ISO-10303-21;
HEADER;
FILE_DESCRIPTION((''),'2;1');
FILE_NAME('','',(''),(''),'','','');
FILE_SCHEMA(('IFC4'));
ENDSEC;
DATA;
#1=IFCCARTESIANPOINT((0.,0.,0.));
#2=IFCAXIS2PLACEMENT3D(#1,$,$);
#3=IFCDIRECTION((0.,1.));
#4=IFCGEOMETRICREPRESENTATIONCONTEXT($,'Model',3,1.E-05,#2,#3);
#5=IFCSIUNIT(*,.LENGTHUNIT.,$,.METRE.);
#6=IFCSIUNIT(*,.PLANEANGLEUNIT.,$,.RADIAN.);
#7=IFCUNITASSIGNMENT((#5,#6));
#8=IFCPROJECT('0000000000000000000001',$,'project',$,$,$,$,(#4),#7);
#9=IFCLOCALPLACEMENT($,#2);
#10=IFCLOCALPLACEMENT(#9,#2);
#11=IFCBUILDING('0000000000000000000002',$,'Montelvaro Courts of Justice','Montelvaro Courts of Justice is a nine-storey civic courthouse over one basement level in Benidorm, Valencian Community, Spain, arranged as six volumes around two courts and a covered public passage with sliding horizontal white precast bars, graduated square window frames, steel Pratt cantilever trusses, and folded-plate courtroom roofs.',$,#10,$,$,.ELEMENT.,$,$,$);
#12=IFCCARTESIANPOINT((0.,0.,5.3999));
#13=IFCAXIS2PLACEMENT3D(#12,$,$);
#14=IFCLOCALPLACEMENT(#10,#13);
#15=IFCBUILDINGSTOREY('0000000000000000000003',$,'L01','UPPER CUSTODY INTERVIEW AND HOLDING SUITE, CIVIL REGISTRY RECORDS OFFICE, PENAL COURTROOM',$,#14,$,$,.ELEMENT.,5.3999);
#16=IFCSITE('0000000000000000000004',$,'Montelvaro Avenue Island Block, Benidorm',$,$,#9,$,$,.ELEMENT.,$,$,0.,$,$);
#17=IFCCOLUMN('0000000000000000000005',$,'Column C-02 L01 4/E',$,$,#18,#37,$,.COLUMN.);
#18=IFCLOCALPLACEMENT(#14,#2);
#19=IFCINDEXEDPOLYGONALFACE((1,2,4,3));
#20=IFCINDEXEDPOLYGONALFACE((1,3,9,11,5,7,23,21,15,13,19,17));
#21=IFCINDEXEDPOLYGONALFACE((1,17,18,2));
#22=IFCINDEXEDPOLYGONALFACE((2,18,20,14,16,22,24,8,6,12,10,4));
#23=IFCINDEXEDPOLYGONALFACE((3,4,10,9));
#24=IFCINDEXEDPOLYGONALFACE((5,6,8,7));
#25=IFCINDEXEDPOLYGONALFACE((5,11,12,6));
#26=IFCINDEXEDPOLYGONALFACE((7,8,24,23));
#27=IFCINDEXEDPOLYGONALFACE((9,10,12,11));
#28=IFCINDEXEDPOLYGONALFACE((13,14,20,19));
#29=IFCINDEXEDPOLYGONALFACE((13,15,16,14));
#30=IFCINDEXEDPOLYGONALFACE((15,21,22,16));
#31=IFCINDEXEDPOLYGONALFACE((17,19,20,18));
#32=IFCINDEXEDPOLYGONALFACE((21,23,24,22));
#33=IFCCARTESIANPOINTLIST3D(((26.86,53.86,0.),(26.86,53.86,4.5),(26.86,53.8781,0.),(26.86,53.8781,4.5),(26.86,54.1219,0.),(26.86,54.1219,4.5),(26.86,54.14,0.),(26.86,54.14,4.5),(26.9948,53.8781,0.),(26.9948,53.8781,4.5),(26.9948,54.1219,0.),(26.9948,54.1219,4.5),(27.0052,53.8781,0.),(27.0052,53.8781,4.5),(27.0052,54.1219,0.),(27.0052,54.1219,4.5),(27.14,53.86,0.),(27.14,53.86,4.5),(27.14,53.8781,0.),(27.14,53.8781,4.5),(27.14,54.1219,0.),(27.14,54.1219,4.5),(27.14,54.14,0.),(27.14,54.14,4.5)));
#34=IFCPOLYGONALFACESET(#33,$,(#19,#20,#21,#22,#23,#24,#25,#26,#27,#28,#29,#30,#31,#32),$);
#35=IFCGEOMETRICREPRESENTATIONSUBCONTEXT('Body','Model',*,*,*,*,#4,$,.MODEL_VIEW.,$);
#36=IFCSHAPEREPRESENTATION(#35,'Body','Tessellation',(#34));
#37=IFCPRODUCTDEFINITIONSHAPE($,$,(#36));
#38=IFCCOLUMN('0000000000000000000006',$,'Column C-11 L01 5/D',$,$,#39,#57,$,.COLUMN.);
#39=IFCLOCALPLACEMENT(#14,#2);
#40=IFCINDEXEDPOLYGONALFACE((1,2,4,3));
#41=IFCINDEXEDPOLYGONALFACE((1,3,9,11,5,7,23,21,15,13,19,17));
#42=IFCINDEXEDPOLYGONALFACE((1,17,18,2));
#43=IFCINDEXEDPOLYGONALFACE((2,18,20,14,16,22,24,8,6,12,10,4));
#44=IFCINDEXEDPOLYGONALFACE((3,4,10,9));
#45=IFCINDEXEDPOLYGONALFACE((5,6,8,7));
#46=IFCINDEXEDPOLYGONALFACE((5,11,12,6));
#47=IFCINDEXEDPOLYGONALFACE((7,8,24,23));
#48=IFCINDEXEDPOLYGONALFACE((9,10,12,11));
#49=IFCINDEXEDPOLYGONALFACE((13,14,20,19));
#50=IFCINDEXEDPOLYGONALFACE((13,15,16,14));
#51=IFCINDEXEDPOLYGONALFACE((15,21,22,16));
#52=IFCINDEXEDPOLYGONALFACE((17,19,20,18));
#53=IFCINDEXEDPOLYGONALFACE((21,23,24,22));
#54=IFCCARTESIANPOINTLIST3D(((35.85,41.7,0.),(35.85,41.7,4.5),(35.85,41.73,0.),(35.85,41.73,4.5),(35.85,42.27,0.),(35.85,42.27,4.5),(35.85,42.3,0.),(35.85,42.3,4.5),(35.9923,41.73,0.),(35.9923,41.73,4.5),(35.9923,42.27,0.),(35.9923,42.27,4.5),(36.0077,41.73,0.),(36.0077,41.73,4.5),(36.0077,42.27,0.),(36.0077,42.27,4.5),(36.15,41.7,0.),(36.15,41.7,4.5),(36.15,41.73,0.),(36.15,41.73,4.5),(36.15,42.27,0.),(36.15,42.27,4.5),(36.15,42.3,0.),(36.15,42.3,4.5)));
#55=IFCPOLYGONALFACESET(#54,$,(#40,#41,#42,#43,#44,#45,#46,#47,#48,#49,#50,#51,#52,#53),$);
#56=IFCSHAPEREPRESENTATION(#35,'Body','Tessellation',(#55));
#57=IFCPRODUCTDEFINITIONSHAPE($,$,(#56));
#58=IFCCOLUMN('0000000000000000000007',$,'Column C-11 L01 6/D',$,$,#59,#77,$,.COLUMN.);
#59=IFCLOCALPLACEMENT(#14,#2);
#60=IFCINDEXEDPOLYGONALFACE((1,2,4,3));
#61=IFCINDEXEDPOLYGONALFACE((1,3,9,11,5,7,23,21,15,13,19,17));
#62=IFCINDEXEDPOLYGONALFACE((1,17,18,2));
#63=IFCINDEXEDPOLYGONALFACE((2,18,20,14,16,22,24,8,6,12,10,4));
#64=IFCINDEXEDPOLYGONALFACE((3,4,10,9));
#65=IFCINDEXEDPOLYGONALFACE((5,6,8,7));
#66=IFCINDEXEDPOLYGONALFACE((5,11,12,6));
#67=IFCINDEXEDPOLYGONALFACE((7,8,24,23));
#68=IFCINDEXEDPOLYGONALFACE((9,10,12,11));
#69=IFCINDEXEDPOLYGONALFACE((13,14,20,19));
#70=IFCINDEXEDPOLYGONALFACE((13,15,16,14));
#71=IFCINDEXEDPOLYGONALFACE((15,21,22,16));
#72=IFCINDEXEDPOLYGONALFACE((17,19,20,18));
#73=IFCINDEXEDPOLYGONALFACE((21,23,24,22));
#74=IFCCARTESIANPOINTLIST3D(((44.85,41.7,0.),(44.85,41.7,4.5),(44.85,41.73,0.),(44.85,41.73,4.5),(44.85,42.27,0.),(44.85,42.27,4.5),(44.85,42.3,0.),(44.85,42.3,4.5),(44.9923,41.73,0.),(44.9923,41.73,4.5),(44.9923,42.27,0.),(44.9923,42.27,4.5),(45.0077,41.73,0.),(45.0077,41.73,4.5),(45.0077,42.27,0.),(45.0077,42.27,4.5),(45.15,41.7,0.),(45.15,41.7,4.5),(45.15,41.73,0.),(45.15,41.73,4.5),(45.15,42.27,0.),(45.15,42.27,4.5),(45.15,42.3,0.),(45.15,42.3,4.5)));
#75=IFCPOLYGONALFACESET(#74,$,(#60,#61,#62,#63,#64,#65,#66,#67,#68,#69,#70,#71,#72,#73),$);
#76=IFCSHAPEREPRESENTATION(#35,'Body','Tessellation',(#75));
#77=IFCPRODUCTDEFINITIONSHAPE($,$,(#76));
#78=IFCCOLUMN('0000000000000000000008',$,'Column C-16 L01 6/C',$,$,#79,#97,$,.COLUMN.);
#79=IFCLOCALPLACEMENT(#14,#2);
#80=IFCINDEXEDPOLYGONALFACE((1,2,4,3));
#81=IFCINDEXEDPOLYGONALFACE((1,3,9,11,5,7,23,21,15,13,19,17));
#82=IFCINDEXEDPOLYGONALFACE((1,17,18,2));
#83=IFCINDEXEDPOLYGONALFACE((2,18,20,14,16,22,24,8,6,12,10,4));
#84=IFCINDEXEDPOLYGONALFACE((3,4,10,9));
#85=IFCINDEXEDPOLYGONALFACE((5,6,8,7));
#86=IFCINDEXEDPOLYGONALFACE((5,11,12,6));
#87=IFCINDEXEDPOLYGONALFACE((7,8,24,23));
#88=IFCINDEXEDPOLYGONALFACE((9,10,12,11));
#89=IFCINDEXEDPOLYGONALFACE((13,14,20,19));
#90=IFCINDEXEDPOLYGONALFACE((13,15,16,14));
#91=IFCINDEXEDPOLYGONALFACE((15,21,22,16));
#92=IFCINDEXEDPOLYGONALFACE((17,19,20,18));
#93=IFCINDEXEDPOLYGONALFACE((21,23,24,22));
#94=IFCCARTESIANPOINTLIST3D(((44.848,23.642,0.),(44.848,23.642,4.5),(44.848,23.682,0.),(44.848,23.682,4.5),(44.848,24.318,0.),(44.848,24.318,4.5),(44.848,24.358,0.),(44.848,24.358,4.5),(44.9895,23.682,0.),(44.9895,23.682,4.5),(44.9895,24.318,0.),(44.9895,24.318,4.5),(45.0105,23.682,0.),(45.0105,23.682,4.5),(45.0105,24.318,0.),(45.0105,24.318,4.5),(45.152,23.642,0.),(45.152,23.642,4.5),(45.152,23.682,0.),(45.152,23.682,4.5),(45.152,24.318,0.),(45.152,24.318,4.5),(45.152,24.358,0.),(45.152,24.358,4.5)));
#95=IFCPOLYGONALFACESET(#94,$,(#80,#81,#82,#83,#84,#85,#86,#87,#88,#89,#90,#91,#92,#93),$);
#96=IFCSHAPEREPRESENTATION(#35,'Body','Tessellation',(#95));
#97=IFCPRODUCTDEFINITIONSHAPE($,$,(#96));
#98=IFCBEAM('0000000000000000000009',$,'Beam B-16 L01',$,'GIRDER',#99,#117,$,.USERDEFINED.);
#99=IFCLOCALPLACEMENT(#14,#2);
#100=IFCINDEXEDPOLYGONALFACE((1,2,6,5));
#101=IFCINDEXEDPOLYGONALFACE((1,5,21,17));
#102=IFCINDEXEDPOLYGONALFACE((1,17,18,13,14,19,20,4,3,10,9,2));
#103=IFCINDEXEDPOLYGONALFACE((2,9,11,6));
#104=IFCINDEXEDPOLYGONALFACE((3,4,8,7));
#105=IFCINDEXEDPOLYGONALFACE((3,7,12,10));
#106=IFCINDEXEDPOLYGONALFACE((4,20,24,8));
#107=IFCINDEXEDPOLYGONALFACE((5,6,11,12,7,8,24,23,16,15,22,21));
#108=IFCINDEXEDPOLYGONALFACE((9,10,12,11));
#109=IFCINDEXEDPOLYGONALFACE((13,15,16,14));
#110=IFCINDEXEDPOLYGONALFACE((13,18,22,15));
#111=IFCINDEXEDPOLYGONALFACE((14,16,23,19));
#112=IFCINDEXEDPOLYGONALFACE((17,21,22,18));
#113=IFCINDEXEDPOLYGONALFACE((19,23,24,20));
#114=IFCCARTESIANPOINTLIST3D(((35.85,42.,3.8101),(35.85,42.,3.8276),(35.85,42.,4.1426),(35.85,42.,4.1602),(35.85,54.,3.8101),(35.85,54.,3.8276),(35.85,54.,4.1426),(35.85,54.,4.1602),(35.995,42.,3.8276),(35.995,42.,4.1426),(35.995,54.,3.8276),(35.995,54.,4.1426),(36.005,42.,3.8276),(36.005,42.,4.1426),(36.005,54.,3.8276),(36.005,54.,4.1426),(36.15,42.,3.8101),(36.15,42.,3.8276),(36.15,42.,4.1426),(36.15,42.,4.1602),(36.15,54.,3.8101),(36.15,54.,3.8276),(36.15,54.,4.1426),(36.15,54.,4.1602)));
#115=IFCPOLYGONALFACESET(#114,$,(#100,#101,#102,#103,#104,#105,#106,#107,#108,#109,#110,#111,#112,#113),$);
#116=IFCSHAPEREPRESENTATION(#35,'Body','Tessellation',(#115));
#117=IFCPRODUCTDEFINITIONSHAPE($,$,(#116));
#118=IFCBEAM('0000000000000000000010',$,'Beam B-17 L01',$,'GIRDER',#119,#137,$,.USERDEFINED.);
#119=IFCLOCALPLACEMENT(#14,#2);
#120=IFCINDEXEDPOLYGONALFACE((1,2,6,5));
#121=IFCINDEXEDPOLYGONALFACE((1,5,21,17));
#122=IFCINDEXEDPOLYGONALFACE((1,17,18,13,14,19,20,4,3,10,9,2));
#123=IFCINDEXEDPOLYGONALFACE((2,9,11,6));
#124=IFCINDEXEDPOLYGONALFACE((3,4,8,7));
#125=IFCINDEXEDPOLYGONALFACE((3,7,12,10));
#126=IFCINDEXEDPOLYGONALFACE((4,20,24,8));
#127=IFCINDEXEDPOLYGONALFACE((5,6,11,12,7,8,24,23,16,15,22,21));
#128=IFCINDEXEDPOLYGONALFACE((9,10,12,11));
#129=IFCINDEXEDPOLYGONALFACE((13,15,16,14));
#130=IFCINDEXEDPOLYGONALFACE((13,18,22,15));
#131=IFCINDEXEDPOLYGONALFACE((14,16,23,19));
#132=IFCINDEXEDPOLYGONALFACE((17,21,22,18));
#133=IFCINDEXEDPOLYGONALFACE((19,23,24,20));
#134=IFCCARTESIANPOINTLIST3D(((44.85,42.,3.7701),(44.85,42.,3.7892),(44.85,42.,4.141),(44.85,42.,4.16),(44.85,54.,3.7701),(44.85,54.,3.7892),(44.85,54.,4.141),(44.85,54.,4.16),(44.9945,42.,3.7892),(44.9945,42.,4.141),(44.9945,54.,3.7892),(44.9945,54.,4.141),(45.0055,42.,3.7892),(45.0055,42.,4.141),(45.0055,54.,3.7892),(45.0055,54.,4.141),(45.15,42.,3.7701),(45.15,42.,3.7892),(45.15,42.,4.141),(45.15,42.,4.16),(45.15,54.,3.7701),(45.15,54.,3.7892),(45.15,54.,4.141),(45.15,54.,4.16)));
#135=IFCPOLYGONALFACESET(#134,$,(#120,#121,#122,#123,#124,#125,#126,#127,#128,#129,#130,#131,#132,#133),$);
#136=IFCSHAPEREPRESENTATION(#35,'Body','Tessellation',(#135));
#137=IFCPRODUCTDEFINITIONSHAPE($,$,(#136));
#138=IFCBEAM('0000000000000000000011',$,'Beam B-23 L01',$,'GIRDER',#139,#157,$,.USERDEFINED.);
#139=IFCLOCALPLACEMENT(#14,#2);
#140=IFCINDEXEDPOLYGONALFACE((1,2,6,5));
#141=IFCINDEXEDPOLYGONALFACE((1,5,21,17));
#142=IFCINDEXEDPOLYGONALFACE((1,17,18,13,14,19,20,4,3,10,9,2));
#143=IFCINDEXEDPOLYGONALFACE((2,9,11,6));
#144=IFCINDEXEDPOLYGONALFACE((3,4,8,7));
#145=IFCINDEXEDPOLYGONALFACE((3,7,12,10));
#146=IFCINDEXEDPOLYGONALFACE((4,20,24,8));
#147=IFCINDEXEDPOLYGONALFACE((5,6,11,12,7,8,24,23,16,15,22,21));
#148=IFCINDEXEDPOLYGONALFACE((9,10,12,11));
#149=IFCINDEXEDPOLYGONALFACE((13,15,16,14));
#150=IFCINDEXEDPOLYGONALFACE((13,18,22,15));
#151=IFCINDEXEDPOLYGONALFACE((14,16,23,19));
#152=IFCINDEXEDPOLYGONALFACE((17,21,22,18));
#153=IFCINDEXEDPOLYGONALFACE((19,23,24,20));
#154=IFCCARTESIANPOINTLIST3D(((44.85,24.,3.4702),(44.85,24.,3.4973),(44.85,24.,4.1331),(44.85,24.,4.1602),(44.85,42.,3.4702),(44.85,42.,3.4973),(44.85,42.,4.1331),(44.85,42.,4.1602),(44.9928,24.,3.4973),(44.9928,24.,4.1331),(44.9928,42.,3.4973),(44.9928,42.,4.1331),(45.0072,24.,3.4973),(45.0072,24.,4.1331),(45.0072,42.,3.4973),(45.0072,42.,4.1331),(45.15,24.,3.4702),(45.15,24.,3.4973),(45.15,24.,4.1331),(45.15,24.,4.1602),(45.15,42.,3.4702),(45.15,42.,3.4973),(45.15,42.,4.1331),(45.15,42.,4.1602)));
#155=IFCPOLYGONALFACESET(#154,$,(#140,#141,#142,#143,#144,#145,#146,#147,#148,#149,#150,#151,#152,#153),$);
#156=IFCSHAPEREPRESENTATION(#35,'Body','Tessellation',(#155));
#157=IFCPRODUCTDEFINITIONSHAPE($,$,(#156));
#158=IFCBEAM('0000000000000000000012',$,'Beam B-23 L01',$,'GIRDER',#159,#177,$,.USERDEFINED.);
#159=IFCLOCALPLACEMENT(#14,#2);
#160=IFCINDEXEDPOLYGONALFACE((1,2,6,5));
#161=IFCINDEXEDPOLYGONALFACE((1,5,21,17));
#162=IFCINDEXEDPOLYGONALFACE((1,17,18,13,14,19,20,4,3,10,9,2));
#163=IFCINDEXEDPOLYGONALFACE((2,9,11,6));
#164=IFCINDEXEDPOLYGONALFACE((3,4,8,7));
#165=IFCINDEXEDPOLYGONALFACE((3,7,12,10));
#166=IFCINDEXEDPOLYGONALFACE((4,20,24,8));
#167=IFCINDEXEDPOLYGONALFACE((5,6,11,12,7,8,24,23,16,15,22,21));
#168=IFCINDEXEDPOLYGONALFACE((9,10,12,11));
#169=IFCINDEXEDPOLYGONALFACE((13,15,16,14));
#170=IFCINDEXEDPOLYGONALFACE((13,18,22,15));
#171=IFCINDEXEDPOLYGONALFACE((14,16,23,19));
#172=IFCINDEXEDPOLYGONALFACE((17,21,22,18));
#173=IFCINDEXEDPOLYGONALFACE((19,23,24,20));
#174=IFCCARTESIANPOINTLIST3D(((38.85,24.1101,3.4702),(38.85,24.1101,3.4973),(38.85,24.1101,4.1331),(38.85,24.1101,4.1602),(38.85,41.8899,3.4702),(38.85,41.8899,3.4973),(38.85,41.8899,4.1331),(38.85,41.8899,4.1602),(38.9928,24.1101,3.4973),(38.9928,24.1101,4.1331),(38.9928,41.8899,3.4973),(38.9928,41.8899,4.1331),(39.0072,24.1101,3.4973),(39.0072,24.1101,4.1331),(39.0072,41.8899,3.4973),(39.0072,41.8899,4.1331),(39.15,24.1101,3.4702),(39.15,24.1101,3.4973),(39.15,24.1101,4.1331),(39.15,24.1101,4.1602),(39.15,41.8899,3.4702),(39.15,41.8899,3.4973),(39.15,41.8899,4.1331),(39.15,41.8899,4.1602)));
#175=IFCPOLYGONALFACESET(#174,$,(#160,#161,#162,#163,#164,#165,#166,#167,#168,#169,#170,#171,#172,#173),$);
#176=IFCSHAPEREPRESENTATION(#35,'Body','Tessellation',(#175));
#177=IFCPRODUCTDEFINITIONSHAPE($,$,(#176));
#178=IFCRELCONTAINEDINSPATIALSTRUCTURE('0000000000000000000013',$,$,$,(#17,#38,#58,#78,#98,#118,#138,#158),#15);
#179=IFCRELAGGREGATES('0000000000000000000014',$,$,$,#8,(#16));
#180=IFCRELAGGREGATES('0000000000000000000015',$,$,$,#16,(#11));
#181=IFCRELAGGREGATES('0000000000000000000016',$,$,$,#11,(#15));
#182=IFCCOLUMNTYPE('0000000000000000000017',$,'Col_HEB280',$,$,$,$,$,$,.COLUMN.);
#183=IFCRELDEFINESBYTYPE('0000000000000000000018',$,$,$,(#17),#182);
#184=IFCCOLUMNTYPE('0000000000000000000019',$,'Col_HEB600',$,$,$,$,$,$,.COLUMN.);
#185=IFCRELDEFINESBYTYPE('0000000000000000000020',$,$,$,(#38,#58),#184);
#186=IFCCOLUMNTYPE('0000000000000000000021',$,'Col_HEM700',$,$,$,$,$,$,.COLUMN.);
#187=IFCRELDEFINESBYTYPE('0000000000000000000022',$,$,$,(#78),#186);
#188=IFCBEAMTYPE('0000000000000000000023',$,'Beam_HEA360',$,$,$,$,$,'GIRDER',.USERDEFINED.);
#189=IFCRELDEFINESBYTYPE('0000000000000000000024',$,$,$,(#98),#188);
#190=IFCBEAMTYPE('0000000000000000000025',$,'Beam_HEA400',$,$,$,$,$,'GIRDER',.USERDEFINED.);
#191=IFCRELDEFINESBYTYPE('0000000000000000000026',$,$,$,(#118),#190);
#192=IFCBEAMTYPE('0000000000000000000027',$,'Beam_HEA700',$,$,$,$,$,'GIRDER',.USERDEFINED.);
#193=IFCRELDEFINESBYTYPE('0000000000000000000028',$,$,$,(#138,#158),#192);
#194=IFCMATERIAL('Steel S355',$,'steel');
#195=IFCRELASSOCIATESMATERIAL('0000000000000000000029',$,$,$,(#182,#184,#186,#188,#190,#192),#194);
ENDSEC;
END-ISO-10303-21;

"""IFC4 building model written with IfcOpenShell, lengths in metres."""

from ifc_helpers import new_model, si_unit, direction, frame, origin, origin_2d, place, context, subcontext, project, spatial, i_section, extrude, material, material_profile, profile_set, type_object, element, save


model = new_model("IFC4")

# Units and contexts
model_context = context("Model", 3, precision=1e-05, world=origin(), true_north=direction((0.0, 1.0)))
body_context = subcontext(model_context, "Body", "Model", "MODEL_VIEW")
ifc_project = project(units=[si_unit("LENGTHUNIT", "METRE"), si_unit("PLANEANGLEUNIT", "RADIAN")], contexts=[model_context])

# Site, building, storey
site_placement = place(None, origin())
site = spatial("IfcSite", under=ifc_project, at=site_placement, Name="Montelvaro Avenue Island Block, Benidorm", CompositionType="ELEMENT", RefElevation=0.0)
building_placement = place(site_placement, origin())
building = spatial("IfcBuilding", under=site, at=building_placement, Name="Montelvaro Courts of Justice", Description="Montelvaro Courts of Justice is a nine-storey civic courthouse over one basement level in Benidorm, Valencian Community, Spain, arranged as six volumes around two courts and a covered public passage with sliding horizontal white precast bars, graduated square window frames, steel Pratt cantilever trusses, and folded-plate courtroom roofs.", CompositionType="ELEMENT")
storey_placement = place(building_placement, frame((0.0, 0.0, 5.3999)))
storey = spatial("IfcBuildingStorey", under=building, at=storey_placement, Name="L01", Description="UPPER CUSTODY INTERVIEW AND HOLDING SUITE, CIVIL REGISTRY RECORDS OFFICE, PENAL COURTROOM", CompositionType="ELEMENT", Elevation=5.3999)

# Columns
ifc_material_1 = material(Name="Steel S355", Category="steel")
ifc_material_profile_1 = material_profile(ifc_material_1, i_section(OverallWidth=0.28, OverallDepth=0.28, WebThickness=0.0105, FlangeThickness=0.0181, at=origin_2d()), Name="HEB 280")
ifc_profile_set_1 = profile_set([ifc_material_profile_1], Name="Steel S355")
column_type_1 = type_object("IfcColumnType", Name="Col_HEB280", PredefinedType="COLUMN", material=ifc_profile_set_1)
column_1_placement = place(storey_placement, frame((27.0, 54.0, 0.0), z_axis=(0.0, 0.0, 1.0), x_axis=(1.0, 0.0, 0.0)))
element("IfcColumn", 1, at=column_1_placement, inside=storey, type_object=column_type_1, Name="Column C-02 L01 4/E", PredefinedType="COLUMN", context=body_context, shape_type="SweptSolid", body=[
    extrude(i_section(OverallWidth=0.28, OverallDepth=0.28, WebThickness=0.0105, FlangeThickness=0.0181, at=origin_2d()), origin(), (0.0, 0.0, 1.0), 4.5),
])
ifc_material_profile_2 = material_profile(ifc_material_1, i_section(OverallWidth=0.3, OverallDepth=0.6001, WebThickness=0.0154, FlangeThickness=0.03, at=origin_2d()), Name="HEB 600")
ifc_profile_set_2 = profile_set([ifc_material_profile_2], Name="Steel S355")
column_type_2 = type_object("IfcColumnType", Name="Col_HEB600", PredefinedType="COLUMN", material=ifc_profile_set_2)
for number, where, z_axis, x_axis, name in (
    (2, (36.0, 42.0, 0.0), (0.0, 0.0, 1.0), (1.0, 0.0, 0.0), "Column C-11 L01 5/D"),
    (3, (45.0, 42.0, 0.0), (0.0, 0.0, 1.0), (1.0, 0.0, 0.0), "Column C-11 L01 6/D"),
):
    element("IfcColumn", number, at=place(storey_placement, frame(where, z_axis=z_axis, x_axis=x_axis)), inside=storey, type_object=column_type_2, Name=name, PredefinedType="COLUMN", context=body_context, shape_type="SweptSolid", body=[
        extrude(i_section(OverallWidth=0.3, OverallDepth=0.6001, WebThickness=0.0154, FlangeThickness=0.03, at=origin_2d()), origin(), (0.0, 0.0, 1.0), 4.5),
    ])
ifc_material_profile_3 = material_profile(ifc_material_1, i_section(OverallWidth=0.304, OverallDepth=0.7161, WebThickness=0.021, FlangeThickness=0.04, at=origin_2d()), Name="HEM 700")
ifc_profile_set_3 = profile_set([ifc_material_profile_3], Name="Steel S355")
column_type_3 = type_object("IfcColumnType", Name="Col_HEM700", PredefinedType="COLUMN", material=ifc_profile_set_3)
column_2_placement = place(storey_placement, frame((45.0, 24.0, 0.0), z_axis=(0.0, 0.0, 1.0), x_axis=(1.0, 0.0, 0.0)))
element("IfcColumn", 4, at=column_2_placement, inside=storey, type_object=column_type_3, Name="Column C-16 L01 6/C", PredefinedType="COLUMN", context=body_context, shape_type="SweptSolid", body=[
    extrude(i_section(OverallWidth=0.304, OverallDepth=0.7161, WebThickness=0.021, FlangeThickness=0.04, at=origin_2d()), origin(), (0.0, 0.0, 1.0), 4.5),
])

# Beams
ifc_material_profile_4 = material_profile(ifc_material_1, i_section(OverallWidth=0.3, OverallDepth=0.3501, WebThickness=0.01, FlangeThickness=0.0176, at=origin_2d()), Name="HEA 360")
ifc_profile_set_4 = profile_set([ifc_material_profile_4], Name="Steel S355")
beam_type_1 = type_object("IfcBeamType", Name="Beam_HEA360", ElementType="GIRDER", PredefinedType="USERDEFINED", material=ifc_profile_set_4)
beam_1_placement = place(storey_placement, frame((36.0, 42.0, 3.9851), z_axis=(0.0, 1.0, 0.0), x_axis=(-1.0, 0.0, 0.0)))
element("IfcBeam", 5, at=beam_1_placement, inside=storey, type_object=beam_type_1, Name="Beam B-16 L01", ObjectType="GIRDER", PredefinedType="USERDEFINED", context=body_context, shape_type="SweptSolid", body=[
    extrude(i_section(OverallWidth=0.3, OverallDepth=0.3501, WebThickness=0.01, FlangeThickness=0.0176, at=origin_2d()), origin(), (0.0, 0.0, 1.0), 12.0),
])
ifc_material_profile_5 = material_profile(ifc_material_1, i_section(OverallWidth=0.3, OverallDepth=0.3899, WebThickness=0.011, FlangeThickness=0.019, at=origin_2d()), Name="HEA 400")
ifc_profile_set_5 = profile_set([ifc_material_profile_5], Name="Steel S355")
beam_type_2 = type_object("IfcBeamType", Name="Beam_HEA400", ElementType="GIRDER", PredefinedType="USERDEFINED", material=ifc_profile_set_5)
beam_2_placement = place(storey_placement, frame((45.0, 42.0, 3.9651), z_axis=(0.0, 1.0, 0.0), x_axis=(-1.0, 0.0, 0.0)))
element("IfcBeam", 6, at=beam_2_placement, inside=storey, type_object=beam_type_2, Name="Beam B-17 L01", ObjectType="GIRDER", PredefinedType="USERDEFINED", context=body_context, shape_type="SweptSolid", body=[
    extrude(i_section(OverallWidth=0.3, OverallDepth=0.3899, WebThickness=0.011, FlangeThickness=0.019, at=origin_2d()), origin(), (0.0, 0.0, 1.0), 12.0),
])
ifc_material_profile_6 = material_profile(ifc_material_1, i_section(OverallWidth=0.3, OverallDepth=0.6899, WebThickness=0.0144, FlangeThickness=0.0271, at=origin_2d()), Name="HEA 700")
ifc_profile_set_6 = profile_set([ifc_material_profile_6], Name="Steel S355")
beam_type_3 = type_object("IfcBeamType", Name="Beam_HEA700", ElementType="GIRDER", PredefinedType="USERDEFINED", material=ifc_profile_set_6)
beam_3_placement = place(storey_placement, frame((45.0, 24.0, 3.8152), z_axis=(0.0, 1.0, 0.0), x_axis=(-1.0, 0.0, 0.0)))
element("IfcBeam", 7, at=beam_3_placement, inside=storey, type_object=beam_type_3, Name="Beam B-23 L01", ObjectType="GIRDER", PredefinedType="USERDEFINED", context=body_context, shape_type="SweptSolid", body=[
    extrude(i_section(OverallWidth=0.3, OverallDepth=0.6899, WebThickness=0.0144, FlangeThickness=0.0271, at=origin_2d()), origin(), (0.0, 0.0, 1.0), 18.0),
])
beam_4_placement = place(storey_placement, frame((39.0, 24.1101, 3.8152), z_axis=(0.0, 1.0, 0.0), x_axis=(-1.0, 0.0, 0.0)))
element("IfcBeam", 8, at=beam_4_placement, inside=storey, type_object=beam_type_3, Name="Beam B-23 L01", ObjectType="GIRDER", PredefinedType="USERDEFINED", context=body_context, shape_type="SweptSolid", body=[
    extrude(i_section(OverallWidth=0.3, OverallDepth=0.6899, WebThickness=0.0144, FlangeThickness=0.0271, at=origin_2d()), origin(), (0.0, 0.0, 1.0), 17.7798),
])

save(model, "model.ifc")
